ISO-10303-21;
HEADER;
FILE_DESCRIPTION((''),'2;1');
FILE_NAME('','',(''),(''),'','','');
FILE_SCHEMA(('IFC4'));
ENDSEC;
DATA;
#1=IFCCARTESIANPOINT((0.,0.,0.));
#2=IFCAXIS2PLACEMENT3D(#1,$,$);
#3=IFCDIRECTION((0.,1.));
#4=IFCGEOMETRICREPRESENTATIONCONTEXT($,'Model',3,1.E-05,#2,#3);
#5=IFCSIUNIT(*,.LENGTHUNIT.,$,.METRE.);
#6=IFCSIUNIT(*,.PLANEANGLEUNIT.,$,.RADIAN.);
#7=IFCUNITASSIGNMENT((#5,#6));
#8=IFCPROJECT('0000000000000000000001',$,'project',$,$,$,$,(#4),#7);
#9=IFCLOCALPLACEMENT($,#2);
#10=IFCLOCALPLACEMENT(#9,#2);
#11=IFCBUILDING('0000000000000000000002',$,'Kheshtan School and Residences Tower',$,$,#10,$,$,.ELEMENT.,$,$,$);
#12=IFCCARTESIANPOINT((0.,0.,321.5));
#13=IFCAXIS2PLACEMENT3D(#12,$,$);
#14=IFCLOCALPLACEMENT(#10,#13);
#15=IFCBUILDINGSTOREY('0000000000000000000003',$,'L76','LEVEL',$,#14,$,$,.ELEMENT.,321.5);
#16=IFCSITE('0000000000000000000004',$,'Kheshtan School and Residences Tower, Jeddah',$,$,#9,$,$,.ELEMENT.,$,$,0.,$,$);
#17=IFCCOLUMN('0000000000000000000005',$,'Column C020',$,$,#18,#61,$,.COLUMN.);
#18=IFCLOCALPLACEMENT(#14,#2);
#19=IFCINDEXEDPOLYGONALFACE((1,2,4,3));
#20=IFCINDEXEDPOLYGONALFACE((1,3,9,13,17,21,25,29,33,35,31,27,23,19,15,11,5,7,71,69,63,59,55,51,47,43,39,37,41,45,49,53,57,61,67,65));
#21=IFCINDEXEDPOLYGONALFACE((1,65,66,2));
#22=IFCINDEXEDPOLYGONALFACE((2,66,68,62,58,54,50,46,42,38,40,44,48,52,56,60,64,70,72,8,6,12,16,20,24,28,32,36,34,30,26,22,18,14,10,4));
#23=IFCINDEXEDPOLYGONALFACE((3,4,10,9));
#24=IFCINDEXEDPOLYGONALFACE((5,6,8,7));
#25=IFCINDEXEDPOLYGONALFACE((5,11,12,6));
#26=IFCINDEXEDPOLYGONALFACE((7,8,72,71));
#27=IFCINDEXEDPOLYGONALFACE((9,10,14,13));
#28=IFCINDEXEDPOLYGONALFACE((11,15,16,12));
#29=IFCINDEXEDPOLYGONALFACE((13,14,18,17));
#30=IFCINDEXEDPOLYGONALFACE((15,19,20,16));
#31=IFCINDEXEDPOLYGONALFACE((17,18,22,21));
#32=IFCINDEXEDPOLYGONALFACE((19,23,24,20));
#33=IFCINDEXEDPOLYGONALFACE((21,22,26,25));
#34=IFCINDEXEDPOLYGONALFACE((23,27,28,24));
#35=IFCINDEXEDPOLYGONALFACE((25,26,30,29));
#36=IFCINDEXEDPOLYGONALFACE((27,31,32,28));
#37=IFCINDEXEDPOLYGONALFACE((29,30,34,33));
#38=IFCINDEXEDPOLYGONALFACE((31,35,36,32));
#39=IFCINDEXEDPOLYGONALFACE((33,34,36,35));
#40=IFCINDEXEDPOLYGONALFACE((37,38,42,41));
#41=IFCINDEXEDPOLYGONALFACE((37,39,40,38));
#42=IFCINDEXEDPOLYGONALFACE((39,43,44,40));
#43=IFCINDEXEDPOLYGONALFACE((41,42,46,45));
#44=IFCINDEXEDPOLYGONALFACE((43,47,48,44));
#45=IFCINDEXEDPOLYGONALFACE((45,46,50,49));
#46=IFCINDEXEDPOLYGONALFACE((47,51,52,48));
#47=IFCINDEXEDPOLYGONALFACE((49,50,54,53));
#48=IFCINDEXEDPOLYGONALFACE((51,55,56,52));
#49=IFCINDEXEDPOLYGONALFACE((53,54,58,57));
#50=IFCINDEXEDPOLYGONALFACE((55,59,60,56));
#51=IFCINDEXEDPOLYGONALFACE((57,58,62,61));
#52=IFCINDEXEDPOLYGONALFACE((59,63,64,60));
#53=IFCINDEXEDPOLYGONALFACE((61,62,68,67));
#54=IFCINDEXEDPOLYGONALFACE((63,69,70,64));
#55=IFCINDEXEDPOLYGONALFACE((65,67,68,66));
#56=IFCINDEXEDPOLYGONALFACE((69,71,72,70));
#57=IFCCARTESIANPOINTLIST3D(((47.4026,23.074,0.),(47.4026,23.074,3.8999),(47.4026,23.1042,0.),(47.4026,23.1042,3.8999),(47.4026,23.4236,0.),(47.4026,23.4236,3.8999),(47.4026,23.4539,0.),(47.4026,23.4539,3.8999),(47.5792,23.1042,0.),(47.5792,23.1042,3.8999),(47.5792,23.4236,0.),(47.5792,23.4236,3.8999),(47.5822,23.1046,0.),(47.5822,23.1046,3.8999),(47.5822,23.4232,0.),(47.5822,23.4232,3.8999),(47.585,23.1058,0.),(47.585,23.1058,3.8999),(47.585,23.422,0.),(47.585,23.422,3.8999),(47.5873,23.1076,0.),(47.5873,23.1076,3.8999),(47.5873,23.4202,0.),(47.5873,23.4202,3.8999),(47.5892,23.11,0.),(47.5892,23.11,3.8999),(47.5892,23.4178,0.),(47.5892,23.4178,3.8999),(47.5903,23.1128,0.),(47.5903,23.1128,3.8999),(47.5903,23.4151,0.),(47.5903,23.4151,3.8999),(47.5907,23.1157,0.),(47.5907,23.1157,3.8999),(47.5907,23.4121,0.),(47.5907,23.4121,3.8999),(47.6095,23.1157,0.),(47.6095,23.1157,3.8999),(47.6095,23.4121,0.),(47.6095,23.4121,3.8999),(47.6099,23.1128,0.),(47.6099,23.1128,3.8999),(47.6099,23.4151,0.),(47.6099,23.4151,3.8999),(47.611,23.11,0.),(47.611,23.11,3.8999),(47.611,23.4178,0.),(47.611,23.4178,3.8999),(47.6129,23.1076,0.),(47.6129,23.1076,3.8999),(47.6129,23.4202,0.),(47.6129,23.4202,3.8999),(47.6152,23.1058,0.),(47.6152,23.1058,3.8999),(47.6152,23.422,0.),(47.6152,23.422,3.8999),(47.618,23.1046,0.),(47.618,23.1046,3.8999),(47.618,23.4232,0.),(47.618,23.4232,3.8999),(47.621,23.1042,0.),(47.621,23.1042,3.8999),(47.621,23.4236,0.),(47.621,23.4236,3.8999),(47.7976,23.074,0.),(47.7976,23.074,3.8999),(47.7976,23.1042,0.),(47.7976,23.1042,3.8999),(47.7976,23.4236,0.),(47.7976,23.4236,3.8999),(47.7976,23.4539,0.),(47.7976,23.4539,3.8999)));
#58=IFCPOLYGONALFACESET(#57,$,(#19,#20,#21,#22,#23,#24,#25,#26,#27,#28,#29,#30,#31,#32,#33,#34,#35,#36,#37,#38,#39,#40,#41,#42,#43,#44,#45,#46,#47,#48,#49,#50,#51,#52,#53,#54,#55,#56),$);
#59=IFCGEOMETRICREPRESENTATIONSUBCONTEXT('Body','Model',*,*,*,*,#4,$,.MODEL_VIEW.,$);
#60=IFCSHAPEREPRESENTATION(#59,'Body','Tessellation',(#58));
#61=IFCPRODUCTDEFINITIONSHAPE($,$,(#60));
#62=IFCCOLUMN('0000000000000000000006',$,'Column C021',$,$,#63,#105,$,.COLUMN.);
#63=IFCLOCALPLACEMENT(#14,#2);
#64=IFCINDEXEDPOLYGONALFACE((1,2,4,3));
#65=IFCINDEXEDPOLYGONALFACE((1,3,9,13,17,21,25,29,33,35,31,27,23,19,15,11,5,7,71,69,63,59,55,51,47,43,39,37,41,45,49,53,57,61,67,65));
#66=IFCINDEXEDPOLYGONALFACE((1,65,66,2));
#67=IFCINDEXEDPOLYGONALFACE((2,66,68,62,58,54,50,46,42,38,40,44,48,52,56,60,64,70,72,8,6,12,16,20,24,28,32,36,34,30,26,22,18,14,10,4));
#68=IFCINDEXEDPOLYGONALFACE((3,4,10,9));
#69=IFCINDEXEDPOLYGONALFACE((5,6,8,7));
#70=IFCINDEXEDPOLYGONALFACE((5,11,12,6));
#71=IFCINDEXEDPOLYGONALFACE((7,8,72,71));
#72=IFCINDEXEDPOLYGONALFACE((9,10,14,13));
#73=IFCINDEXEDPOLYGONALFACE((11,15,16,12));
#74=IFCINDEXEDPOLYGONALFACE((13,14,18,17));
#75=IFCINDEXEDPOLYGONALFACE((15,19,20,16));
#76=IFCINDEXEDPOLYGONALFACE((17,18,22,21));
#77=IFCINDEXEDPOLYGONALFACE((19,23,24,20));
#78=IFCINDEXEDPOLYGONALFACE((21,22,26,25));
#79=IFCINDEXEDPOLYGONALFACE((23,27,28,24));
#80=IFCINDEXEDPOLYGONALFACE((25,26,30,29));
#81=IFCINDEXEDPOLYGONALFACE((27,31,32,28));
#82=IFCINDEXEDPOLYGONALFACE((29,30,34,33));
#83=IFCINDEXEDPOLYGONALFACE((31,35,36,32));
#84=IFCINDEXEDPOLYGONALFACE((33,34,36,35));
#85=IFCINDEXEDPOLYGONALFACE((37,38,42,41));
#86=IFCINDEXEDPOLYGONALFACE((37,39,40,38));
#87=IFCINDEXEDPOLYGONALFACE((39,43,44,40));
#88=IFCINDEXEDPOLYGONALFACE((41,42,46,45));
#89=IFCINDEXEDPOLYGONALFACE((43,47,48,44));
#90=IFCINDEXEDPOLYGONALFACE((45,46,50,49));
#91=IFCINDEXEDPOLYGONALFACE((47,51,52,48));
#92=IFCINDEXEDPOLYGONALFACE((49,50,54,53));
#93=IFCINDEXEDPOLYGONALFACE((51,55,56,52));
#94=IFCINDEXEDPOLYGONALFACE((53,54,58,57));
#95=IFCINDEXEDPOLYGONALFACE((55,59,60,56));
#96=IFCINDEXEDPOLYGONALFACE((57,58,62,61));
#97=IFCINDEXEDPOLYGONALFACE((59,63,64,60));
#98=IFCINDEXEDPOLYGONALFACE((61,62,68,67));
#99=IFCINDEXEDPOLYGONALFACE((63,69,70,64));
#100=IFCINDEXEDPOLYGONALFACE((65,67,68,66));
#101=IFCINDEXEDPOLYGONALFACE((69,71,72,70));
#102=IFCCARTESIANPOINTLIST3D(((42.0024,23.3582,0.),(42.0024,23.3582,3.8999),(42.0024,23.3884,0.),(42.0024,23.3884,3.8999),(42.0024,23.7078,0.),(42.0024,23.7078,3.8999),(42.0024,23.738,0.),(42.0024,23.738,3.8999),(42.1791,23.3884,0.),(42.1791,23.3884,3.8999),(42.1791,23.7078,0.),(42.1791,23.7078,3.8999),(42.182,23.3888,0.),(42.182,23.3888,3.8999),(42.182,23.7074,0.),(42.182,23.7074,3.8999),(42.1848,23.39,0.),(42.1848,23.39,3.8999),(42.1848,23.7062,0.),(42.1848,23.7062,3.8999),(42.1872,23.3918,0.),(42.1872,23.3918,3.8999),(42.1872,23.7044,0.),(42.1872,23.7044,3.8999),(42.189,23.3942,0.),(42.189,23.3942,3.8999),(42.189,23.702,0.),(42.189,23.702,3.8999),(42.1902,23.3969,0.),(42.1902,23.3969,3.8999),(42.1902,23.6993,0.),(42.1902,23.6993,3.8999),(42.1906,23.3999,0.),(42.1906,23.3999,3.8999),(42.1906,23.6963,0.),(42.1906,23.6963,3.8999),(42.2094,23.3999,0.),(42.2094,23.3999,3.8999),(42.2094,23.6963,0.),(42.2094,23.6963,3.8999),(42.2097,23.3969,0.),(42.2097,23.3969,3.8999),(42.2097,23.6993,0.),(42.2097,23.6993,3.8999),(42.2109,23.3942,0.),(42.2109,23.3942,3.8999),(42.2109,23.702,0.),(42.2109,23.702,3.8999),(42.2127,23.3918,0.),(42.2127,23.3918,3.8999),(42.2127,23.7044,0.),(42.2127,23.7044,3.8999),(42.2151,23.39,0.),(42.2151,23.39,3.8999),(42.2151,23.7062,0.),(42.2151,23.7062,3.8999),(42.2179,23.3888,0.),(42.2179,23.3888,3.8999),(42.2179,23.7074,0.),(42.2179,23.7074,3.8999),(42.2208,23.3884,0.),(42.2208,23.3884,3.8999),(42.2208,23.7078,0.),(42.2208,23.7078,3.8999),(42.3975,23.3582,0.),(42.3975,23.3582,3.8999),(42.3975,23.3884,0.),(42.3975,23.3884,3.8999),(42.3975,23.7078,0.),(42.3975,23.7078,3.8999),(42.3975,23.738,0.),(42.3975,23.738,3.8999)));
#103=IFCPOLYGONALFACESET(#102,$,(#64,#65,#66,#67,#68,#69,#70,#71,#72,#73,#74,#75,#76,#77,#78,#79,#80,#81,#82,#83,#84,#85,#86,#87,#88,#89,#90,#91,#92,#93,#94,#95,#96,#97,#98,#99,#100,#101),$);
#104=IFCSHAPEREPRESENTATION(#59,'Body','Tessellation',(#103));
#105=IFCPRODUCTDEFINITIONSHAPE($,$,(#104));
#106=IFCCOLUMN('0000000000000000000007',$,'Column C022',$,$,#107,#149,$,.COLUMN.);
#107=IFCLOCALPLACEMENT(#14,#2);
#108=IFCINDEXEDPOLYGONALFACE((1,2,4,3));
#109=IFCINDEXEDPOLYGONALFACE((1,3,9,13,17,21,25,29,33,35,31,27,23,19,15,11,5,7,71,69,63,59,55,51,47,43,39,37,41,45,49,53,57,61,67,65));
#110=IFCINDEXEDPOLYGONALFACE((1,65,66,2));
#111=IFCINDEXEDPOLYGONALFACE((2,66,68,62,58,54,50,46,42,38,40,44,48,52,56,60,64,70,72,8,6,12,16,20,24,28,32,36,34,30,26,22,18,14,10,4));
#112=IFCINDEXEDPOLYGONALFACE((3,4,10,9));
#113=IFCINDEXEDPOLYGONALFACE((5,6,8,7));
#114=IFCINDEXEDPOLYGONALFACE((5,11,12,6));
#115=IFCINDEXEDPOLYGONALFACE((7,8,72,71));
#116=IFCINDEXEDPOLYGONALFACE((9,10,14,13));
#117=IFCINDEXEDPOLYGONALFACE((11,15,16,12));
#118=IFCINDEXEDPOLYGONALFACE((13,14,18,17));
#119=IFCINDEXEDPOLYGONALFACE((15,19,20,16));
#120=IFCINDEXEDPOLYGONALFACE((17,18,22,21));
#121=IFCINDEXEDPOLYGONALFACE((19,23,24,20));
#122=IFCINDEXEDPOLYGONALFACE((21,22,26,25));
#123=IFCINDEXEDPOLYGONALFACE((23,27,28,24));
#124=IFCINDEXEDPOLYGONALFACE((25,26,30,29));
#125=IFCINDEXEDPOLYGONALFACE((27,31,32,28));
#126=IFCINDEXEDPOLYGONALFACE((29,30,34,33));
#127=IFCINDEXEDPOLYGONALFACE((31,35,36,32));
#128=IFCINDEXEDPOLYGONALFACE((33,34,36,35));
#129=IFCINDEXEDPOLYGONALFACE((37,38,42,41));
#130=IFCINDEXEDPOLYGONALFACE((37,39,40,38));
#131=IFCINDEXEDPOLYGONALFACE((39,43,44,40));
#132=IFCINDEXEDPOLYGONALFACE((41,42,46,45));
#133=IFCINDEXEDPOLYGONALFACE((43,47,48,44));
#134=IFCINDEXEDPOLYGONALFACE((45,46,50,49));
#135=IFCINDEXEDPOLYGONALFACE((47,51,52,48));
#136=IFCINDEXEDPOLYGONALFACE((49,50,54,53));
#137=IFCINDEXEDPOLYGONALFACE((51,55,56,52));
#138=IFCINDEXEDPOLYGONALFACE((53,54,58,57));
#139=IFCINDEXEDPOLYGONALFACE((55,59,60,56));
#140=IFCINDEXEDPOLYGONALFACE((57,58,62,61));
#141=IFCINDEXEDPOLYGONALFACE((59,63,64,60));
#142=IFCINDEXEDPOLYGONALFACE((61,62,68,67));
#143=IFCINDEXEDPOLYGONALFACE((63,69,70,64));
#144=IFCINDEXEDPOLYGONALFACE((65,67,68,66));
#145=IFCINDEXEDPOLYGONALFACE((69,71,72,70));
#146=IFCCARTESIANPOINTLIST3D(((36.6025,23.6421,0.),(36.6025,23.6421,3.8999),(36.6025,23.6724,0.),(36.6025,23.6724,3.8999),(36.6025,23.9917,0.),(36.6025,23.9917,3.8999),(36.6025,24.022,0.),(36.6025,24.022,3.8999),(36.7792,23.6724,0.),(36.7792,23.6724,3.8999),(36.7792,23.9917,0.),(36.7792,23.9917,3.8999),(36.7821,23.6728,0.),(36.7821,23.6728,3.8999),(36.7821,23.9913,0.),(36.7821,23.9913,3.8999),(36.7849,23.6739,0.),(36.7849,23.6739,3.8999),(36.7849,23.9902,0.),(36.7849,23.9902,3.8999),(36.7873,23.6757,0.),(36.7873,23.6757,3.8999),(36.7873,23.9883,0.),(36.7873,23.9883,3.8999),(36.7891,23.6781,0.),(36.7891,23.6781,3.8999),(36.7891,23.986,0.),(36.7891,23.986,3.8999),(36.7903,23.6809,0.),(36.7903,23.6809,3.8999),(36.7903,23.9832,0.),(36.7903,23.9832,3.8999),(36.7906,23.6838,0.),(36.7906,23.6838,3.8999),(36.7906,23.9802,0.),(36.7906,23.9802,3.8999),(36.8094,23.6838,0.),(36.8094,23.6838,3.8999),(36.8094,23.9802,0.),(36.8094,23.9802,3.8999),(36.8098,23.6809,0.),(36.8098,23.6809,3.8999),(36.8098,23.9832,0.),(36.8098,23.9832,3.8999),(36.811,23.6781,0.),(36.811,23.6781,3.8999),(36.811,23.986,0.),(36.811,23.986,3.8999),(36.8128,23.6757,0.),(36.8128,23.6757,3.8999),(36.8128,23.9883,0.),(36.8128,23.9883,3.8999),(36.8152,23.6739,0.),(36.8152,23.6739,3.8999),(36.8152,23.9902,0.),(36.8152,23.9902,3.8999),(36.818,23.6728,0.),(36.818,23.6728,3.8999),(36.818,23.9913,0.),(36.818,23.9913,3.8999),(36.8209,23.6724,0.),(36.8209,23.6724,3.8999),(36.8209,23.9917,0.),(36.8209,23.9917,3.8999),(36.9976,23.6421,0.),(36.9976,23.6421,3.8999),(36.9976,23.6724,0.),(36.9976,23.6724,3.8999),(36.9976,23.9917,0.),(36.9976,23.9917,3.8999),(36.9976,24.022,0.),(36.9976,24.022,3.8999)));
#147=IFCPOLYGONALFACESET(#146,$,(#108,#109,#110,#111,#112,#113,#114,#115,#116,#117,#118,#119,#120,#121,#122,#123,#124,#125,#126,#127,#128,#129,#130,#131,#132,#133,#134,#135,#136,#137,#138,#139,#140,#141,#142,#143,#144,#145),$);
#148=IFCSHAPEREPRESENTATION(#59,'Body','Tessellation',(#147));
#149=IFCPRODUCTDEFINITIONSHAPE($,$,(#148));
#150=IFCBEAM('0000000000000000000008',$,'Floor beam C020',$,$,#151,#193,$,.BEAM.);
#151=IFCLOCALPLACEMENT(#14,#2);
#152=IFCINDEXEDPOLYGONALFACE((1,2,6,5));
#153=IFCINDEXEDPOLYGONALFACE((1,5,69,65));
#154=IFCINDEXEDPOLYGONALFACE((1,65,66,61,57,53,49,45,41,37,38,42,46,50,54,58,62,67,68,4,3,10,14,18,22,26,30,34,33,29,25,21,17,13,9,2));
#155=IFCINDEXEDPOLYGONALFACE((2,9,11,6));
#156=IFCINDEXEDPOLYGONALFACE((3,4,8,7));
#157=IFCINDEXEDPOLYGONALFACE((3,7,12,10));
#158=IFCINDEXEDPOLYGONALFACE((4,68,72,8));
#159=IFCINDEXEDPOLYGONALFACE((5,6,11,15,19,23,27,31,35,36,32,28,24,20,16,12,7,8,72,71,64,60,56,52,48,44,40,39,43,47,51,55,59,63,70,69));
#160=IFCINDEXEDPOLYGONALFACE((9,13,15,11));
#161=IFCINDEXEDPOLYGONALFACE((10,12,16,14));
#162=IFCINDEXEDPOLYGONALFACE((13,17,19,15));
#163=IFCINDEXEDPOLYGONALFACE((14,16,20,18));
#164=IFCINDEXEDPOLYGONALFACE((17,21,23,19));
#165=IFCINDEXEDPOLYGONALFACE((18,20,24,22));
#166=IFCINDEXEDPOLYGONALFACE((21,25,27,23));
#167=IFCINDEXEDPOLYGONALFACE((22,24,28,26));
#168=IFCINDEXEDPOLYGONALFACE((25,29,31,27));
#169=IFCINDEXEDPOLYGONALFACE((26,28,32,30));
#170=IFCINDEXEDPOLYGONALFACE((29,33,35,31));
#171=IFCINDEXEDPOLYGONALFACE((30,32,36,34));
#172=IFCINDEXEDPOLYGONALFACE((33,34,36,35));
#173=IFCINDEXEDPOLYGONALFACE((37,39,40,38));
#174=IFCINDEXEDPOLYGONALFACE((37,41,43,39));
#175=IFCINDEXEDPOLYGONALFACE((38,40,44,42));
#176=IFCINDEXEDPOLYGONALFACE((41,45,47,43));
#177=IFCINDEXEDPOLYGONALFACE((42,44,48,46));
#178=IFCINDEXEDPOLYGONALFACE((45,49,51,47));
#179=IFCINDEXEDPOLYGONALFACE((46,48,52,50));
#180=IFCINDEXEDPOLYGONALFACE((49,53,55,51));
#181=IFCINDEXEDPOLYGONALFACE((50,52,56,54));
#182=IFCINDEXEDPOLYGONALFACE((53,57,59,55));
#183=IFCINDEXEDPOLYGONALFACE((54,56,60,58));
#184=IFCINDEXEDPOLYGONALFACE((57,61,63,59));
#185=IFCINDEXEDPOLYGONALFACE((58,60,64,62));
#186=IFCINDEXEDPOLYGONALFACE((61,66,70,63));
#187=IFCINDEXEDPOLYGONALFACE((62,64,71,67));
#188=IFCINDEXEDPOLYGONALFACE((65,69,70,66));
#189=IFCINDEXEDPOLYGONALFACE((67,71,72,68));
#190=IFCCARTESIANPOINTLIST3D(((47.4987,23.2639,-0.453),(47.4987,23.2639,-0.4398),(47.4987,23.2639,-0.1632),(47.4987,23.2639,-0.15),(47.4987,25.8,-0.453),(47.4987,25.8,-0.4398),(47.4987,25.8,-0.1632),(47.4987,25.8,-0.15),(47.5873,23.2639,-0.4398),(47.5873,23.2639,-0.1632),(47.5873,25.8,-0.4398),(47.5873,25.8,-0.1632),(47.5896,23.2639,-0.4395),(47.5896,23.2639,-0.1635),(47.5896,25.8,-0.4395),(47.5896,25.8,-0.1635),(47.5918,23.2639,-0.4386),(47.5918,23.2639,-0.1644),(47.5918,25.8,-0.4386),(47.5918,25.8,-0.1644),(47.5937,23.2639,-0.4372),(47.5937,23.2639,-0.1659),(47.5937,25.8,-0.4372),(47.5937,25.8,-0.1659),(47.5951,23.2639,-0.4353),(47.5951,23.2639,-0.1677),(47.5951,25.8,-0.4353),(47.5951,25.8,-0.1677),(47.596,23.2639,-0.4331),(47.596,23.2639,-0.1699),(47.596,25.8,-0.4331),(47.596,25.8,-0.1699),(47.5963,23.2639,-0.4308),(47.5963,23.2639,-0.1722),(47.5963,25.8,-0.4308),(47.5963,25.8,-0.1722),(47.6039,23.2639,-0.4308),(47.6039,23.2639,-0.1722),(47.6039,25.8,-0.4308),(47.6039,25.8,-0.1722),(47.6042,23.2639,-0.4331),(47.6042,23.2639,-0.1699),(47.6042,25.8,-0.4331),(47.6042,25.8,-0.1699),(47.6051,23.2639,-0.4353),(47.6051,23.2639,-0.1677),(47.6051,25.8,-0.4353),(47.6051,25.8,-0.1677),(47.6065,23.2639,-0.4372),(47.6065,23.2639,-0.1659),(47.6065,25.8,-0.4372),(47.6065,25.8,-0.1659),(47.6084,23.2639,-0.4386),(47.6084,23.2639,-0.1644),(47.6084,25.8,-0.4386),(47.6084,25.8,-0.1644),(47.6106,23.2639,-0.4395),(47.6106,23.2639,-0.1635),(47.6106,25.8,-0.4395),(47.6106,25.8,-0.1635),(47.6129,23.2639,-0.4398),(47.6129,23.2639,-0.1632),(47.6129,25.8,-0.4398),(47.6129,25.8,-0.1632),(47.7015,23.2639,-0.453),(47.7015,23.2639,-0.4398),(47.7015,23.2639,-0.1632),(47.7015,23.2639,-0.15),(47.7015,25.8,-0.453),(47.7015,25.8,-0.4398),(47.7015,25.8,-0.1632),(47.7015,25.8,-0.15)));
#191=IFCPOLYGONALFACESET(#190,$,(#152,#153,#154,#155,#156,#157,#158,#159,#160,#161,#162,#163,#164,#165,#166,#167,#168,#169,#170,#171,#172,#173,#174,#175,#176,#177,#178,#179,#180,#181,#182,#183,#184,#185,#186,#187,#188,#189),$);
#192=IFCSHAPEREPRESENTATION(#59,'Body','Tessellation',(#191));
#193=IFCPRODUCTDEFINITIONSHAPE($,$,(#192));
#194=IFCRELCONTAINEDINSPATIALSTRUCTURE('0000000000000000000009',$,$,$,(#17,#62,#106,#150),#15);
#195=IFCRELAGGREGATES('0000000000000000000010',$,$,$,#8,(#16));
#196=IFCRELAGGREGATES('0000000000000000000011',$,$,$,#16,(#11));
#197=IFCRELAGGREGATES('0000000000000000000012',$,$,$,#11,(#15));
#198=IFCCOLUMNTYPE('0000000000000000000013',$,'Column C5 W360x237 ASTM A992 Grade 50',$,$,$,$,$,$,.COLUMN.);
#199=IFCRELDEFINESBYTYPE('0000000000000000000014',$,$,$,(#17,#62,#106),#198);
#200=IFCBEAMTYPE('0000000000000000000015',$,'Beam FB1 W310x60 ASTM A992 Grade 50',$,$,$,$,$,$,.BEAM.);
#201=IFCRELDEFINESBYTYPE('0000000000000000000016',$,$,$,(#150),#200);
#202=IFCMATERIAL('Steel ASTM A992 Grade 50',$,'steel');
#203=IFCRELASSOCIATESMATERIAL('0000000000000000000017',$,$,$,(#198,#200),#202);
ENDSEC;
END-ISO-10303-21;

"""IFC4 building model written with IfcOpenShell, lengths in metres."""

from ifc_helpers import new_model, si_unit, direction, frame, origin, origin_2d, place, context, subcontext, project, spatial, i_section, extrude, material, material_profile, profile_set, type_object, element, save


model = new_model("IFC4")

# Units and contexts
model_context = context("Model", 3, precision=1e-05, world=origin(), true_north=direction((0.0, 1.0)))
body_context = subcontext(model_context, "Body", "Model", "MODEL_VIEW")
ifc_project = project(units=[si_unit("LENGTHUNIT", "METRE"), si_unit("PLANEANGLEUNIT", "RADIAN")], contexts=[model_context])

# Site, building, storey
site_placement = place(None, origin())
site = spatial("IfcSite", under=ifc_project, at=site_placement, Name="Kheshtan School and Residences Tower, Jeddah", CompositionType="ELEMENT", RefElevation=0.0)
building_placement = place(site_placement, origin())
building = spatial("IfcBuilding", under=site, at=building_placement, Name="Kheshtan School and Residences Tower", CompositionType="ELEMENT")
storey_placement = place(building_placement, frame((0.0, 0.0, 321.5)))
storey = spatial("IfcBuildingStorey", under=building, at=storey_placement, Name="L76", Description="LEVEL", CompositionType="ELEMENT", Elevation=321.5)

# Columns
ifc_material_1 = material(Name="Steel ASTM A992 Grade 50", Category="steel")
ifc_material_profile_1 = material_profile(ifc_material_1, i_section(OverallWidth=0.395, OverallDepth=0.3799, WebThickness=0.0188, FlangeThickness=0.0303, FilletRadius=0.0115, at=origin_2d()), Name="W360x237")
ifc_profile_set_1 = profile_set([ifc_material_profile_1], Name="Steel ASTM A992 Grade 50")
column_type = type_object("IfcColumnType", Name="Column C5 W360x237 ASTM A992 Grade 50", PredefinedType="COLUMN", material=ifc_profile_set_1)
for number, where, z_axis, x_axis, name in (
    (1, (47.6001, 23.2639, 0.0), (0.0, 0.0, 1.0), (1.0, 0.0, 0.0), "Column C020"),
    (2, (42.2, 23.5481, 0.0), (0.0, 0.0, 1.0), (1.0, 0.0, 0.0), "Column C021"),
    (3, (36.8, 23.832, 0.0), (0.0, 0.0, 1.0), (1.0, 0.0, 0.0), "Column C022"),
):
    element("IfcColumn", number, at=place(storey_placement, frame(where, z_axis=z_axis, x_axis=x_axis)), inside=storey, type_object=column_type, Name=name, PredefinedType="COLUMN", context=body_context, shape_type="SweptSolid", body=[
        extrude(i_section(OverallWidth=0.395, OverallDepth=0.3799, WebThickness=0.0188, FlangeThickness=0.0303, FilletRadius=0.0115, at=origin_2d()), origin(), (0.0, 0.0, 1.0), 3.8999),
    ])

# Beam
ifc_material_profile_2 = material_profile(ifc_material_1, i_section(OverallWidth=0.2029, OverallDepth=0.303, WebThickness=0.0076, FlangeThickness=0.0132, FilletRadius=0.009, at=origin_2d()), Name="W310x60")
ifc_profile_set_2 = profile_set([ifc_material_profile_2], Name="Steel ASTM A992 Grade 50")
beam_type_1 = type_object("IfcBeamType", Name="Beam FB1 W310x60 ASTM A992 Grade 50", PredefinedType="BEAM", material=ifc_profile_set_2)
beam_1_placement = place(storey_placement, frame((47.6001, 23.2639, -0.3015), z_axis=(0.0, 1.0, 0.0), x_axis=(-1.0, 0.0, 0.0)))
element("IfcBeam", 4, at=beam_1_placement, inside=storey, type_object=beam_type_1, Name="Floor beam C020", PredefinedType="BEAM", context=body_context, shape_type="SweptSolid", body=[
    extrude(i_section(OverallWidth=0.2029, OverallDepth=0.303, WebThickness=0.0076, FlangeThickness=0.0132, FilletRadius=0.009, at=origin_2d()), origin(), (0.0, 0.0, 1.0), 2.5361),
])

save(model, "model.ifc")
